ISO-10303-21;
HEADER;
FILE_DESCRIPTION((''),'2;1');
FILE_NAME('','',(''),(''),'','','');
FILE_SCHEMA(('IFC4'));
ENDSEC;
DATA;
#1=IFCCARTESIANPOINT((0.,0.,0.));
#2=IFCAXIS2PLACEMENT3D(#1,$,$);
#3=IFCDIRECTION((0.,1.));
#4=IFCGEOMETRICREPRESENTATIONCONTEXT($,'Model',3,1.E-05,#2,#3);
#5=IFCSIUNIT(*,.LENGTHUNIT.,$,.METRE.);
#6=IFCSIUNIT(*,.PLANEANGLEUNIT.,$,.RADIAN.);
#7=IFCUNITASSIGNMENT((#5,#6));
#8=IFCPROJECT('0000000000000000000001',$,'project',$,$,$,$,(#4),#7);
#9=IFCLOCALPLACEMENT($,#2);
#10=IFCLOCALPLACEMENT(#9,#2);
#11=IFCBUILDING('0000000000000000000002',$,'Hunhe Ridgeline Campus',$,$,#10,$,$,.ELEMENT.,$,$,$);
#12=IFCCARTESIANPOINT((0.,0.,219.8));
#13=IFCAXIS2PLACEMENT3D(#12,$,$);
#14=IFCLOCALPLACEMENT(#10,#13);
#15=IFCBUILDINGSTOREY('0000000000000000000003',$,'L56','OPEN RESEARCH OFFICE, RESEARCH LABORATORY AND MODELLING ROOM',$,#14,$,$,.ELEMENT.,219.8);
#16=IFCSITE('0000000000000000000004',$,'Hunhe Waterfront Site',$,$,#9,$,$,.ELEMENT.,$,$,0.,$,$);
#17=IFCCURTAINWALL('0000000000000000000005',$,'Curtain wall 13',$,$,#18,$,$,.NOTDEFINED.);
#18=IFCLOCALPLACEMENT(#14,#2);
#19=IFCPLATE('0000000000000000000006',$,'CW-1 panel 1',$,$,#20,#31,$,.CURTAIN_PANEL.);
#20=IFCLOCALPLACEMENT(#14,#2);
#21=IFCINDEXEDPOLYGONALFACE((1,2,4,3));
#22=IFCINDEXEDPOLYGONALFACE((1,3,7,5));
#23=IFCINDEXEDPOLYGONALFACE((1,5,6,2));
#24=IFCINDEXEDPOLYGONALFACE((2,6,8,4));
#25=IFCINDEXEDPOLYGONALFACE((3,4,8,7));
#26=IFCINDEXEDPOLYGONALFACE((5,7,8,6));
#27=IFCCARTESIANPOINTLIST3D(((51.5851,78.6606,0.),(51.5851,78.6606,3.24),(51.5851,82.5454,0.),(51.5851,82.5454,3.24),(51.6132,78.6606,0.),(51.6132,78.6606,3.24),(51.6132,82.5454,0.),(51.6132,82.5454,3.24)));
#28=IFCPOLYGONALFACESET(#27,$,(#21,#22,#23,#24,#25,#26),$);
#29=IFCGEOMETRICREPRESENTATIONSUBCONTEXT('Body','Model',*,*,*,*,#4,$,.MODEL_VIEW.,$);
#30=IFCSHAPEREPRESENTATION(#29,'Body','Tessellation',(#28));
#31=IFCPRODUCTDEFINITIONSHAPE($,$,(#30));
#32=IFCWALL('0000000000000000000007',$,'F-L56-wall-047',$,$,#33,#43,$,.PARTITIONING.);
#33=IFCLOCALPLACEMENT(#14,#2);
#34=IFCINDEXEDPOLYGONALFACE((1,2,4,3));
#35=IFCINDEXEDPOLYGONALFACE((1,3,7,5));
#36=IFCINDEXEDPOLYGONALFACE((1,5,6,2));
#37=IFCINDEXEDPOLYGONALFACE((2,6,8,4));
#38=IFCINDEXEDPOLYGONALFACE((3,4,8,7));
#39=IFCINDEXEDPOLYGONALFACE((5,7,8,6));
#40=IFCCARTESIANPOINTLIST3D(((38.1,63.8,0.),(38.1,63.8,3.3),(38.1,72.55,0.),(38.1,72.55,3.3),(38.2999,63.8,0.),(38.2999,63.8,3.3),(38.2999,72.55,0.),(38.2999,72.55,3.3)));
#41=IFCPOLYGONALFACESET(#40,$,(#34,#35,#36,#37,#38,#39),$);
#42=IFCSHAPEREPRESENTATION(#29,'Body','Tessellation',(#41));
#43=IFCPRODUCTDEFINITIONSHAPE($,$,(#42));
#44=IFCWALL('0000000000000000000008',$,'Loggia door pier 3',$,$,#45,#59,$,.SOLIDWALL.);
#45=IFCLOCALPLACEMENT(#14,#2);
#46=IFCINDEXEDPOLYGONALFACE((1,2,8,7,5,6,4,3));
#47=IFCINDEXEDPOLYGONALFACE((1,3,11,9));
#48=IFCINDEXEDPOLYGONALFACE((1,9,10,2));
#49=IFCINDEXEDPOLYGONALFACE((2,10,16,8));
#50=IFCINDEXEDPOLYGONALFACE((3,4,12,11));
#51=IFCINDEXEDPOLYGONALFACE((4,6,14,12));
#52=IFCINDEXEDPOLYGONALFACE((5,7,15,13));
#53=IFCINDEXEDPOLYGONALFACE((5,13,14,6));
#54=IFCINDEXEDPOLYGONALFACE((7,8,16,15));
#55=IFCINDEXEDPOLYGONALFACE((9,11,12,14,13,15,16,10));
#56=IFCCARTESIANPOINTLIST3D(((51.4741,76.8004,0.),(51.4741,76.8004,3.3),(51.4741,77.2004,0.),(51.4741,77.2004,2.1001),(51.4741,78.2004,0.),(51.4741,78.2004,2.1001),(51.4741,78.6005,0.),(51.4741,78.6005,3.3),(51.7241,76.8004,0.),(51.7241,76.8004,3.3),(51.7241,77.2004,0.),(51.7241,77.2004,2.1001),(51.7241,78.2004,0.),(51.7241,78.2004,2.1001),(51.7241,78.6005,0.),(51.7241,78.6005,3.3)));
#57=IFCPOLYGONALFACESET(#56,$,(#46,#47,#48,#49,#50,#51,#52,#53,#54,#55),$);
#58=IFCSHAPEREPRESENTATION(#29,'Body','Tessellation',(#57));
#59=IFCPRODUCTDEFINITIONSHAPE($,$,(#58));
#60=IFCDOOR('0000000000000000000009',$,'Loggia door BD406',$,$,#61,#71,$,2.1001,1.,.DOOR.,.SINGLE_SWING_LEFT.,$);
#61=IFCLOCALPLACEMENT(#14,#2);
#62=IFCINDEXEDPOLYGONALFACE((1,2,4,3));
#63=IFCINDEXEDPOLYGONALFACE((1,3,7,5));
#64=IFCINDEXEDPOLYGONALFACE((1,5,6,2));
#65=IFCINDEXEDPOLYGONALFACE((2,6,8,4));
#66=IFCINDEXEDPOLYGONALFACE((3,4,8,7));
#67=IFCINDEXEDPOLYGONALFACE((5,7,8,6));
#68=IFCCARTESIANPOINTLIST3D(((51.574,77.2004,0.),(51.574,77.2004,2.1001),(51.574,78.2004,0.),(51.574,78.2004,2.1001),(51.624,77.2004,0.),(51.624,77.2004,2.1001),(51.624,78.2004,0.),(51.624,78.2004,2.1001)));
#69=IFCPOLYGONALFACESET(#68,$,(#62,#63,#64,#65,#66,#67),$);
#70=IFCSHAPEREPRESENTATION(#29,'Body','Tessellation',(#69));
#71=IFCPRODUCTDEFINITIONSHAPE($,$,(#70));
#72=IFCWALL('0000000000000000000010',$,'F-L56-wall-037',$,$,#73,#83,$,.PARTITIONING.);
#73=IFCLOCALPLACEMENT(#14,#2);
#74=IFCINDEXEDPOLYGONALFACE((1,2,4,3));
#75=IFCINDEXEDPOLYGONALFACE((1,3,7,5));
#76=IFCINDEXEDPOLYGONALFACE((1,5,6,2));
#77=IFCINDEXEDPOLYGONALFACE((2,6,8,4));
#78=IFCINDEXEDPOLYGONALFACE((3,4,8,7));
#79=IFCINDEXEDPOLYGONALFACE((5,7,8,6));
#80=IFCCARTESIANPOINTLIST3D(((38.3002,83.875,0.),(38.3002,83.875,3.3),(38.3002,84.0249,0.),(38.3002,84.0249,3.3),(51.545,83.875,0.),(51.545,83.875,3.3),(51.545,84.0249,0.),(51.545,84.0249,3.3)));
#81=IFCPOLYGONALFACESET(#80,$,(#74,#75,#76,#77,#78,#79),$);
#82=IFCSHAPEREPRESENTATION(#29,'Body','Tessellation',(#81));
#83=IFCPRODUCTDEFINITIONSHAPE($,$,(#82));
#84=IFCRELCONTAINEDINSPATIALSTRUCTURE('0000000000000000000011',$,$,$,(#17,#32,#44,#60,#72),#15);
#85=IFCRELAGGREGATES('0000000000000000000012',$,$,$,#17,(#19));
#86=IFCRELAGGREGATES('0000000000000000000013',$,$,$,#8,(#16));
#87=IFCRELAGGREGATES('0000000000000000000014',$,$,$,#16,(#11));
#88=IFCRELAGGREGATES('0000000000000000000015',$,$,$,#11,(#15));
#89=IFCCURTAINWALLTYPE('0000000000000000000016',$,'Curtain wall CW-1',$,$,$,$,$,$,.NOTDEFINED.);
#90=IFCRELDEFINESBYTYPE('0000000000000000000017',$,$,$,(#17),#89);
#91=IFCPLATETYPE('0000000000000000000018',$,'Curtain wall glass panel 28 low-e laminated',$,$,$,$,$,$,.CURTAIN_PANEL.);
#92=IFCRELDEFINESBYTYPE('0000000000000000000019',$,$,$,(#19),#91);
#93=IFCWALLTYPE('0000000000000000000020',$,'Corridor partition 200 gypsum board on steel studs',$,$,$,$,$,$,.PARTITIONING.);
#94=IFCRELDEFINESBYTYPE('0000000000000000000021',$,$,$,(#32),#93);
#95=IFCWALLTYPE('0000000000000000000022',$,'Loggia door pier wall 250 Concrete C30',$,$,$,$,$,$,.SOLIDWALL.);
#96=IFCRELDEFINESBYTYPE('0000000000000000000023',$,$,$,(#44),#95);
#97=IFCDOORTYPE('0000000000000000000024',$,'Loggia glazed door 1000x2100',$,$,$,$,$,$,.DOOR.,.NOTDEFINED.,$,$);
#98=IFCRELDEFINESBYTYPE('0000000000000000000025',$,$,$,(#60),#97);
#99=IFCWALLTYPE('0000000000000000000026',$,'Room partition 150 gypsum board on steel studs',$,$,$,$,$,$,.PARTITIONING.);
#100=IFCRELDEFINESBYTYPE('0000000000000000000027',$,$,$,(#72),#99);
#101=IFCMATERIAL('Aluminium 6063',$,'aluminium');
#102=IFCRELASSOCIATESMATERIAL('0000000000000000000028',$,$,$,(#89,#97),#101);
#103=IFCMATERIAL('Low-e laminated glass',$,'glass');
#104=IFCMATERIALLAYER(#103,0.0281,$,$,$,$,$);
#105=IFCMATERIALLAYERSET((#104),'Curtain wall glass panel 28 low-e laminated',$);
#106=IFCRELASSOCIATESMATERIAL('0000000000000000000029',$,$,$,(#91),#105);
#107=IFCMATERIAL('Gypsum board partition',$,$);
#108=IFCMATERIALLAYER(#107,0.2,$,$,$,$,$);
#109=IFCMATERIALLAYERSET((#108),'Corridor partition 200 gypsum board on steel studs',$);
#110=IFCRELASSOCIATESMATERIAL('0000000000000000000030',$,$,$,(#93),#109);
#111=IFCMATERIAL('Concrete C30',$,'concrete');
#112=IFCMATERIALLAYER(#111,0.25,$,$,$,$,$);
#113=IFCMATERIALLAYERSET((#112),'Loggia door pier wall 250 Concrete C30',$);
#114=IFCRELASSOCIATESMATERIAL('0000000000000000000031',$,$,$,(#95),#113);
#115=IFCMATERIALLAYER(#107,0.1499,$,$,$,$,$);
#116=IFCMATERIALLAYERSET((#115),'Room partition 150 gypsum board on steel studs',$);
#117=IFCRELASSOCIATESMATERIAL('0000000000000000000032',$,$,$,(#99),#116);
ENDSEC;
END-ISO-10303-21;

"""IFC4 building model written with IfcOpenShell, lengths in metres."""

from ifc_helpers import new_model, si_unit, direction, frame, frame_2d, origin, origin_2d, place, context, subcontext, project, spatial, rectangle, extrude, material, layer, layer_set, type_object, element, fill, aggregate, save


model = new_model("IFC4")

# Units and contexts
model_context = context("Model", 3, precision=1e-05, world=origin(), true_north=direction((0.0, 1.0)))
body_context = subcontext(model_context, "Body", "Model", "MODEL_VIEW")
ifc_project = project(units=[si_unit("LENGTHUNIT", "METRE"), si_unit("PLANEANGLEUNIT", "RADIAN")], contexts=[model_context])

# Site, building, storey
site_placement = place(None, origin())
site = spatial("IfcSite", under=ifc_project, at=site_placement, Name="Hunhe Waterfront Site", CompositionType="ELEMENT", RefElevation=0.0)
building_placement = place(site_placement, origin())
building = spatial("IfcBuilding", under=site, at=building_placement, Name="Hunhe Ridgeline Campus", CompositionType="ELEMENT")
storey_placement = place(building_placement, frame((0.0, 0.0, 219.8)))
storey = spatial("IfcBuildingStorey", under=building, at=storey_placement, Name="L56", Description="OPEN RESEARCH OFFICE, RESEARCH LABORATORY AND MODELLING ROOM", CompositionType="ELEMENT", Elevation=219.8)

# Curtain wall
ifc_material_1 = material(Name="Aluminium 6063", Category="aluminium")
curtain_wall_type = type_object("IfcCurtainWallType", Name="Curtain wall CW-1", PredefinedType="NOTDEFINED", material=ifc_material_1)
curtain_wall_1_placement = place(storey_placement, origin())
curtain_wall_1 = element("IfcCurtainWall", 1, at=curtain_wall_1_placement, inside=storey, type_object=curtain_wall_type, Name="Curtain wall 13", PredefinedType="NOTDEFINED")

# Plate
ifc_material_2 = material(Name="Low-e laminated glass", Category="glass")
ifc_layer_1 = layer(ifc_material_2, 0.0281)
ifc_layer_set_1 = layer_set([ifc_layer_1], Name="Curtain wall glass panel 28 low-e laminated")
plate_type = type_object("IfcPlateType", Name="Curtain wall glass panel 28 low-e laminated", PredefinedType="CURTAIN_PANEL", material=ifc_layer_set_1)
plate_1_placement = place(storey_placement, frame((51.5991, 80.603, 0.0), z_axis=(0.0, 0.0, 1.0), x_axis=(0.0, 1.0, 0.0)))
plate_1 = element("IfcPlate", 2, at=plate_1_placement, type_object=plate_type, Name="CW-1 panel 1", PredefinedType="CURTAIN_PANEL", context=body_context, shape_type="SweptSolid", body=[
    extrude(rectangle(XDim=3.8848, YDim=0.0281, at=origin_2d()), origin(), (0.0, 0.0, 1.0), 3.24),
])
aggregate(curtain_wall_1, [plate_1])

# Shared definitions
ifc_material_3 = material(Name="Gypsum board partition")
ifc_layer_2 = layer(ifc_material_3, 0.2)
ifc_layer_set_2 = layer_set([ifc_layer_2], Name="Corridor partition 200 gypsum board on steel studs")
wall_type_1 = type_object("IfcWallType", Name="Corridor partition 200 gypsum board on steel studs", PredefinedType="PARTITIONING", material=ifc_layer_set_2)

# Wall
wall_1_placement = place(storey_placement, frame((38.2, 72.55, 0.0), z_axis=(0.0, 0.0, 1.0), x_axis=(0.0, -1.0, 0.0)))
element("IfcWall", 3, at=wall_1_placement, inside=storey, type_object=wall_type_1, Name="F-L56-wall-047", PredefinedType="PARTITIONING", context=body_context, shape_type="SweptSolid", body=[
    extrude(rectangle(XDim=8.75, YDim=0.2, at=frame_2d((4.375, 0.0))), origin(), (0.0, 0.0, 1.0), 3.3),
])

# Wall, opening, door
ifc_material_4 = material(Name="Concrete C30", Category="concrete")
ifc_layer_3 = layer(ifc_material_4, 0.25)
ifc_layer_set_3 = layer_set([ifc_layer_3], Name="Loggia door pier wall 250 Concrete C30")
wall_type_2 = type_object("IfcWallType", Name="Loggia door pier wall 250 Concrete C30", PredefinedType="SOLIDWALL", material=ifc_layer_set_3)
wall_2_placement = place(storey_placement, frame((51.5991, 76.8005, 0.0), z_axis=(0.0, 0.0, 1.0), x_axis=(0.0, 1.0, 0.0)))
wall_2 = element("IfcWall", 4, at=wall_2_placement, inside=storey, type_object=wall_type_2, Name="Loggia door pier 3", PredefinedType="SOLIDWALL", context=body_context, shape_type="SweptSolid", body=[
    extrude(rectangle(XDim=1.8, YDim=0.25, at=frame_2d((0.8999, 0.0))), origin(), (0.0, 0.0, 1.0), 3.3),
])
opening_1_placement = place(wall_2_placement, frame((0.3999, 0.0, 0.0)))
opening_1 = element("IfcOpeningElement", 5, at=opening_1_placement, cuts=wall_2, PredefinedType="OPENING", context=body_context, shape_type="SweptSolid", body=[
    extrude(rectangle(XDim=1.0, YDim=2.1001, at=frame_2d((0.5, 1.05))), frame((0.0, 0.125, 0.0), z_axis=(0.0, -1.0, 0.0), x_axis=(1.0, 0.0, 0.0)), (0.0, 0.0, 1.0), 0.25),
])
door_type_1 = type_object("IfcDoorType", Name="Loggia glazed door 1000x2100", OperationType="NOTDEFINED", PredefinedType="DOOR", material=ifc_material_1)
door_1_placement = place(opening_1_placement, frame((1.0, 0.0, 0.0), z_axis=(0.0, 0.0, 1.0), x_axis=(-1.0, 0.0, 0.0)))
door_1 = element("IfcDoor", 6, at=door_1_placement, inside=storey, type_object=door_type_1, Name="Loggia door BD406", OperationType="SINGLE_SWING_LEFT", OverallHeight=2.1001, OverallWidth=1.0, PredefinedType="DOOR", context=body_context, shape_type="SweptSolid", body=[
    extrude(rectangle(XDim=1.0, YDim=2.1001, at=frame_2d((0.5, 1.05))), frame((0.0, 0.0249, 0.0), z_axis=(0.0, -1.0, 0.0), x_axis=(1.0, 0.0, 0.0)), (0.0, 0.0, 1.0), 0.05),
])
fill(opening_1, door_1)

# Wall
ifc_layer_4 = layer(ifc_material_3, 0.1499)
ifc_layer_set_4 = layer_set([ifc_layer_4], Name="Room partition 150 gypsum board on steel studs")
wall_type_3 = type_object("IfcWallType", Name="Room partition 150 gypsum board on steel studs", PredefinedType="PARTITIONING", material=ifc_layer_set_4)
wall_3_placement = place(storey_placement, frame((38.3, 83.95, 0.0), z_axis=(0.0, 0.0, 1.0), x_axis=(1.0, 0.0, 0.0)))
element("IfcWall", 7, at=wall_3_placement, inside=storey, type_object=wall_type_3, Name="F-L56-wall-037", PredefinedType="PARTITIONING", context=body_context, shape_type="SweptSolid", body=[
    extrude(rectangle(XDim=13.2449, YDim=0.1499, at=frame_2d((6.6226, 0.0))), origin(), (0.0, 0.0, 1.0), 3.3),
])

save(model, "model.ifc")
